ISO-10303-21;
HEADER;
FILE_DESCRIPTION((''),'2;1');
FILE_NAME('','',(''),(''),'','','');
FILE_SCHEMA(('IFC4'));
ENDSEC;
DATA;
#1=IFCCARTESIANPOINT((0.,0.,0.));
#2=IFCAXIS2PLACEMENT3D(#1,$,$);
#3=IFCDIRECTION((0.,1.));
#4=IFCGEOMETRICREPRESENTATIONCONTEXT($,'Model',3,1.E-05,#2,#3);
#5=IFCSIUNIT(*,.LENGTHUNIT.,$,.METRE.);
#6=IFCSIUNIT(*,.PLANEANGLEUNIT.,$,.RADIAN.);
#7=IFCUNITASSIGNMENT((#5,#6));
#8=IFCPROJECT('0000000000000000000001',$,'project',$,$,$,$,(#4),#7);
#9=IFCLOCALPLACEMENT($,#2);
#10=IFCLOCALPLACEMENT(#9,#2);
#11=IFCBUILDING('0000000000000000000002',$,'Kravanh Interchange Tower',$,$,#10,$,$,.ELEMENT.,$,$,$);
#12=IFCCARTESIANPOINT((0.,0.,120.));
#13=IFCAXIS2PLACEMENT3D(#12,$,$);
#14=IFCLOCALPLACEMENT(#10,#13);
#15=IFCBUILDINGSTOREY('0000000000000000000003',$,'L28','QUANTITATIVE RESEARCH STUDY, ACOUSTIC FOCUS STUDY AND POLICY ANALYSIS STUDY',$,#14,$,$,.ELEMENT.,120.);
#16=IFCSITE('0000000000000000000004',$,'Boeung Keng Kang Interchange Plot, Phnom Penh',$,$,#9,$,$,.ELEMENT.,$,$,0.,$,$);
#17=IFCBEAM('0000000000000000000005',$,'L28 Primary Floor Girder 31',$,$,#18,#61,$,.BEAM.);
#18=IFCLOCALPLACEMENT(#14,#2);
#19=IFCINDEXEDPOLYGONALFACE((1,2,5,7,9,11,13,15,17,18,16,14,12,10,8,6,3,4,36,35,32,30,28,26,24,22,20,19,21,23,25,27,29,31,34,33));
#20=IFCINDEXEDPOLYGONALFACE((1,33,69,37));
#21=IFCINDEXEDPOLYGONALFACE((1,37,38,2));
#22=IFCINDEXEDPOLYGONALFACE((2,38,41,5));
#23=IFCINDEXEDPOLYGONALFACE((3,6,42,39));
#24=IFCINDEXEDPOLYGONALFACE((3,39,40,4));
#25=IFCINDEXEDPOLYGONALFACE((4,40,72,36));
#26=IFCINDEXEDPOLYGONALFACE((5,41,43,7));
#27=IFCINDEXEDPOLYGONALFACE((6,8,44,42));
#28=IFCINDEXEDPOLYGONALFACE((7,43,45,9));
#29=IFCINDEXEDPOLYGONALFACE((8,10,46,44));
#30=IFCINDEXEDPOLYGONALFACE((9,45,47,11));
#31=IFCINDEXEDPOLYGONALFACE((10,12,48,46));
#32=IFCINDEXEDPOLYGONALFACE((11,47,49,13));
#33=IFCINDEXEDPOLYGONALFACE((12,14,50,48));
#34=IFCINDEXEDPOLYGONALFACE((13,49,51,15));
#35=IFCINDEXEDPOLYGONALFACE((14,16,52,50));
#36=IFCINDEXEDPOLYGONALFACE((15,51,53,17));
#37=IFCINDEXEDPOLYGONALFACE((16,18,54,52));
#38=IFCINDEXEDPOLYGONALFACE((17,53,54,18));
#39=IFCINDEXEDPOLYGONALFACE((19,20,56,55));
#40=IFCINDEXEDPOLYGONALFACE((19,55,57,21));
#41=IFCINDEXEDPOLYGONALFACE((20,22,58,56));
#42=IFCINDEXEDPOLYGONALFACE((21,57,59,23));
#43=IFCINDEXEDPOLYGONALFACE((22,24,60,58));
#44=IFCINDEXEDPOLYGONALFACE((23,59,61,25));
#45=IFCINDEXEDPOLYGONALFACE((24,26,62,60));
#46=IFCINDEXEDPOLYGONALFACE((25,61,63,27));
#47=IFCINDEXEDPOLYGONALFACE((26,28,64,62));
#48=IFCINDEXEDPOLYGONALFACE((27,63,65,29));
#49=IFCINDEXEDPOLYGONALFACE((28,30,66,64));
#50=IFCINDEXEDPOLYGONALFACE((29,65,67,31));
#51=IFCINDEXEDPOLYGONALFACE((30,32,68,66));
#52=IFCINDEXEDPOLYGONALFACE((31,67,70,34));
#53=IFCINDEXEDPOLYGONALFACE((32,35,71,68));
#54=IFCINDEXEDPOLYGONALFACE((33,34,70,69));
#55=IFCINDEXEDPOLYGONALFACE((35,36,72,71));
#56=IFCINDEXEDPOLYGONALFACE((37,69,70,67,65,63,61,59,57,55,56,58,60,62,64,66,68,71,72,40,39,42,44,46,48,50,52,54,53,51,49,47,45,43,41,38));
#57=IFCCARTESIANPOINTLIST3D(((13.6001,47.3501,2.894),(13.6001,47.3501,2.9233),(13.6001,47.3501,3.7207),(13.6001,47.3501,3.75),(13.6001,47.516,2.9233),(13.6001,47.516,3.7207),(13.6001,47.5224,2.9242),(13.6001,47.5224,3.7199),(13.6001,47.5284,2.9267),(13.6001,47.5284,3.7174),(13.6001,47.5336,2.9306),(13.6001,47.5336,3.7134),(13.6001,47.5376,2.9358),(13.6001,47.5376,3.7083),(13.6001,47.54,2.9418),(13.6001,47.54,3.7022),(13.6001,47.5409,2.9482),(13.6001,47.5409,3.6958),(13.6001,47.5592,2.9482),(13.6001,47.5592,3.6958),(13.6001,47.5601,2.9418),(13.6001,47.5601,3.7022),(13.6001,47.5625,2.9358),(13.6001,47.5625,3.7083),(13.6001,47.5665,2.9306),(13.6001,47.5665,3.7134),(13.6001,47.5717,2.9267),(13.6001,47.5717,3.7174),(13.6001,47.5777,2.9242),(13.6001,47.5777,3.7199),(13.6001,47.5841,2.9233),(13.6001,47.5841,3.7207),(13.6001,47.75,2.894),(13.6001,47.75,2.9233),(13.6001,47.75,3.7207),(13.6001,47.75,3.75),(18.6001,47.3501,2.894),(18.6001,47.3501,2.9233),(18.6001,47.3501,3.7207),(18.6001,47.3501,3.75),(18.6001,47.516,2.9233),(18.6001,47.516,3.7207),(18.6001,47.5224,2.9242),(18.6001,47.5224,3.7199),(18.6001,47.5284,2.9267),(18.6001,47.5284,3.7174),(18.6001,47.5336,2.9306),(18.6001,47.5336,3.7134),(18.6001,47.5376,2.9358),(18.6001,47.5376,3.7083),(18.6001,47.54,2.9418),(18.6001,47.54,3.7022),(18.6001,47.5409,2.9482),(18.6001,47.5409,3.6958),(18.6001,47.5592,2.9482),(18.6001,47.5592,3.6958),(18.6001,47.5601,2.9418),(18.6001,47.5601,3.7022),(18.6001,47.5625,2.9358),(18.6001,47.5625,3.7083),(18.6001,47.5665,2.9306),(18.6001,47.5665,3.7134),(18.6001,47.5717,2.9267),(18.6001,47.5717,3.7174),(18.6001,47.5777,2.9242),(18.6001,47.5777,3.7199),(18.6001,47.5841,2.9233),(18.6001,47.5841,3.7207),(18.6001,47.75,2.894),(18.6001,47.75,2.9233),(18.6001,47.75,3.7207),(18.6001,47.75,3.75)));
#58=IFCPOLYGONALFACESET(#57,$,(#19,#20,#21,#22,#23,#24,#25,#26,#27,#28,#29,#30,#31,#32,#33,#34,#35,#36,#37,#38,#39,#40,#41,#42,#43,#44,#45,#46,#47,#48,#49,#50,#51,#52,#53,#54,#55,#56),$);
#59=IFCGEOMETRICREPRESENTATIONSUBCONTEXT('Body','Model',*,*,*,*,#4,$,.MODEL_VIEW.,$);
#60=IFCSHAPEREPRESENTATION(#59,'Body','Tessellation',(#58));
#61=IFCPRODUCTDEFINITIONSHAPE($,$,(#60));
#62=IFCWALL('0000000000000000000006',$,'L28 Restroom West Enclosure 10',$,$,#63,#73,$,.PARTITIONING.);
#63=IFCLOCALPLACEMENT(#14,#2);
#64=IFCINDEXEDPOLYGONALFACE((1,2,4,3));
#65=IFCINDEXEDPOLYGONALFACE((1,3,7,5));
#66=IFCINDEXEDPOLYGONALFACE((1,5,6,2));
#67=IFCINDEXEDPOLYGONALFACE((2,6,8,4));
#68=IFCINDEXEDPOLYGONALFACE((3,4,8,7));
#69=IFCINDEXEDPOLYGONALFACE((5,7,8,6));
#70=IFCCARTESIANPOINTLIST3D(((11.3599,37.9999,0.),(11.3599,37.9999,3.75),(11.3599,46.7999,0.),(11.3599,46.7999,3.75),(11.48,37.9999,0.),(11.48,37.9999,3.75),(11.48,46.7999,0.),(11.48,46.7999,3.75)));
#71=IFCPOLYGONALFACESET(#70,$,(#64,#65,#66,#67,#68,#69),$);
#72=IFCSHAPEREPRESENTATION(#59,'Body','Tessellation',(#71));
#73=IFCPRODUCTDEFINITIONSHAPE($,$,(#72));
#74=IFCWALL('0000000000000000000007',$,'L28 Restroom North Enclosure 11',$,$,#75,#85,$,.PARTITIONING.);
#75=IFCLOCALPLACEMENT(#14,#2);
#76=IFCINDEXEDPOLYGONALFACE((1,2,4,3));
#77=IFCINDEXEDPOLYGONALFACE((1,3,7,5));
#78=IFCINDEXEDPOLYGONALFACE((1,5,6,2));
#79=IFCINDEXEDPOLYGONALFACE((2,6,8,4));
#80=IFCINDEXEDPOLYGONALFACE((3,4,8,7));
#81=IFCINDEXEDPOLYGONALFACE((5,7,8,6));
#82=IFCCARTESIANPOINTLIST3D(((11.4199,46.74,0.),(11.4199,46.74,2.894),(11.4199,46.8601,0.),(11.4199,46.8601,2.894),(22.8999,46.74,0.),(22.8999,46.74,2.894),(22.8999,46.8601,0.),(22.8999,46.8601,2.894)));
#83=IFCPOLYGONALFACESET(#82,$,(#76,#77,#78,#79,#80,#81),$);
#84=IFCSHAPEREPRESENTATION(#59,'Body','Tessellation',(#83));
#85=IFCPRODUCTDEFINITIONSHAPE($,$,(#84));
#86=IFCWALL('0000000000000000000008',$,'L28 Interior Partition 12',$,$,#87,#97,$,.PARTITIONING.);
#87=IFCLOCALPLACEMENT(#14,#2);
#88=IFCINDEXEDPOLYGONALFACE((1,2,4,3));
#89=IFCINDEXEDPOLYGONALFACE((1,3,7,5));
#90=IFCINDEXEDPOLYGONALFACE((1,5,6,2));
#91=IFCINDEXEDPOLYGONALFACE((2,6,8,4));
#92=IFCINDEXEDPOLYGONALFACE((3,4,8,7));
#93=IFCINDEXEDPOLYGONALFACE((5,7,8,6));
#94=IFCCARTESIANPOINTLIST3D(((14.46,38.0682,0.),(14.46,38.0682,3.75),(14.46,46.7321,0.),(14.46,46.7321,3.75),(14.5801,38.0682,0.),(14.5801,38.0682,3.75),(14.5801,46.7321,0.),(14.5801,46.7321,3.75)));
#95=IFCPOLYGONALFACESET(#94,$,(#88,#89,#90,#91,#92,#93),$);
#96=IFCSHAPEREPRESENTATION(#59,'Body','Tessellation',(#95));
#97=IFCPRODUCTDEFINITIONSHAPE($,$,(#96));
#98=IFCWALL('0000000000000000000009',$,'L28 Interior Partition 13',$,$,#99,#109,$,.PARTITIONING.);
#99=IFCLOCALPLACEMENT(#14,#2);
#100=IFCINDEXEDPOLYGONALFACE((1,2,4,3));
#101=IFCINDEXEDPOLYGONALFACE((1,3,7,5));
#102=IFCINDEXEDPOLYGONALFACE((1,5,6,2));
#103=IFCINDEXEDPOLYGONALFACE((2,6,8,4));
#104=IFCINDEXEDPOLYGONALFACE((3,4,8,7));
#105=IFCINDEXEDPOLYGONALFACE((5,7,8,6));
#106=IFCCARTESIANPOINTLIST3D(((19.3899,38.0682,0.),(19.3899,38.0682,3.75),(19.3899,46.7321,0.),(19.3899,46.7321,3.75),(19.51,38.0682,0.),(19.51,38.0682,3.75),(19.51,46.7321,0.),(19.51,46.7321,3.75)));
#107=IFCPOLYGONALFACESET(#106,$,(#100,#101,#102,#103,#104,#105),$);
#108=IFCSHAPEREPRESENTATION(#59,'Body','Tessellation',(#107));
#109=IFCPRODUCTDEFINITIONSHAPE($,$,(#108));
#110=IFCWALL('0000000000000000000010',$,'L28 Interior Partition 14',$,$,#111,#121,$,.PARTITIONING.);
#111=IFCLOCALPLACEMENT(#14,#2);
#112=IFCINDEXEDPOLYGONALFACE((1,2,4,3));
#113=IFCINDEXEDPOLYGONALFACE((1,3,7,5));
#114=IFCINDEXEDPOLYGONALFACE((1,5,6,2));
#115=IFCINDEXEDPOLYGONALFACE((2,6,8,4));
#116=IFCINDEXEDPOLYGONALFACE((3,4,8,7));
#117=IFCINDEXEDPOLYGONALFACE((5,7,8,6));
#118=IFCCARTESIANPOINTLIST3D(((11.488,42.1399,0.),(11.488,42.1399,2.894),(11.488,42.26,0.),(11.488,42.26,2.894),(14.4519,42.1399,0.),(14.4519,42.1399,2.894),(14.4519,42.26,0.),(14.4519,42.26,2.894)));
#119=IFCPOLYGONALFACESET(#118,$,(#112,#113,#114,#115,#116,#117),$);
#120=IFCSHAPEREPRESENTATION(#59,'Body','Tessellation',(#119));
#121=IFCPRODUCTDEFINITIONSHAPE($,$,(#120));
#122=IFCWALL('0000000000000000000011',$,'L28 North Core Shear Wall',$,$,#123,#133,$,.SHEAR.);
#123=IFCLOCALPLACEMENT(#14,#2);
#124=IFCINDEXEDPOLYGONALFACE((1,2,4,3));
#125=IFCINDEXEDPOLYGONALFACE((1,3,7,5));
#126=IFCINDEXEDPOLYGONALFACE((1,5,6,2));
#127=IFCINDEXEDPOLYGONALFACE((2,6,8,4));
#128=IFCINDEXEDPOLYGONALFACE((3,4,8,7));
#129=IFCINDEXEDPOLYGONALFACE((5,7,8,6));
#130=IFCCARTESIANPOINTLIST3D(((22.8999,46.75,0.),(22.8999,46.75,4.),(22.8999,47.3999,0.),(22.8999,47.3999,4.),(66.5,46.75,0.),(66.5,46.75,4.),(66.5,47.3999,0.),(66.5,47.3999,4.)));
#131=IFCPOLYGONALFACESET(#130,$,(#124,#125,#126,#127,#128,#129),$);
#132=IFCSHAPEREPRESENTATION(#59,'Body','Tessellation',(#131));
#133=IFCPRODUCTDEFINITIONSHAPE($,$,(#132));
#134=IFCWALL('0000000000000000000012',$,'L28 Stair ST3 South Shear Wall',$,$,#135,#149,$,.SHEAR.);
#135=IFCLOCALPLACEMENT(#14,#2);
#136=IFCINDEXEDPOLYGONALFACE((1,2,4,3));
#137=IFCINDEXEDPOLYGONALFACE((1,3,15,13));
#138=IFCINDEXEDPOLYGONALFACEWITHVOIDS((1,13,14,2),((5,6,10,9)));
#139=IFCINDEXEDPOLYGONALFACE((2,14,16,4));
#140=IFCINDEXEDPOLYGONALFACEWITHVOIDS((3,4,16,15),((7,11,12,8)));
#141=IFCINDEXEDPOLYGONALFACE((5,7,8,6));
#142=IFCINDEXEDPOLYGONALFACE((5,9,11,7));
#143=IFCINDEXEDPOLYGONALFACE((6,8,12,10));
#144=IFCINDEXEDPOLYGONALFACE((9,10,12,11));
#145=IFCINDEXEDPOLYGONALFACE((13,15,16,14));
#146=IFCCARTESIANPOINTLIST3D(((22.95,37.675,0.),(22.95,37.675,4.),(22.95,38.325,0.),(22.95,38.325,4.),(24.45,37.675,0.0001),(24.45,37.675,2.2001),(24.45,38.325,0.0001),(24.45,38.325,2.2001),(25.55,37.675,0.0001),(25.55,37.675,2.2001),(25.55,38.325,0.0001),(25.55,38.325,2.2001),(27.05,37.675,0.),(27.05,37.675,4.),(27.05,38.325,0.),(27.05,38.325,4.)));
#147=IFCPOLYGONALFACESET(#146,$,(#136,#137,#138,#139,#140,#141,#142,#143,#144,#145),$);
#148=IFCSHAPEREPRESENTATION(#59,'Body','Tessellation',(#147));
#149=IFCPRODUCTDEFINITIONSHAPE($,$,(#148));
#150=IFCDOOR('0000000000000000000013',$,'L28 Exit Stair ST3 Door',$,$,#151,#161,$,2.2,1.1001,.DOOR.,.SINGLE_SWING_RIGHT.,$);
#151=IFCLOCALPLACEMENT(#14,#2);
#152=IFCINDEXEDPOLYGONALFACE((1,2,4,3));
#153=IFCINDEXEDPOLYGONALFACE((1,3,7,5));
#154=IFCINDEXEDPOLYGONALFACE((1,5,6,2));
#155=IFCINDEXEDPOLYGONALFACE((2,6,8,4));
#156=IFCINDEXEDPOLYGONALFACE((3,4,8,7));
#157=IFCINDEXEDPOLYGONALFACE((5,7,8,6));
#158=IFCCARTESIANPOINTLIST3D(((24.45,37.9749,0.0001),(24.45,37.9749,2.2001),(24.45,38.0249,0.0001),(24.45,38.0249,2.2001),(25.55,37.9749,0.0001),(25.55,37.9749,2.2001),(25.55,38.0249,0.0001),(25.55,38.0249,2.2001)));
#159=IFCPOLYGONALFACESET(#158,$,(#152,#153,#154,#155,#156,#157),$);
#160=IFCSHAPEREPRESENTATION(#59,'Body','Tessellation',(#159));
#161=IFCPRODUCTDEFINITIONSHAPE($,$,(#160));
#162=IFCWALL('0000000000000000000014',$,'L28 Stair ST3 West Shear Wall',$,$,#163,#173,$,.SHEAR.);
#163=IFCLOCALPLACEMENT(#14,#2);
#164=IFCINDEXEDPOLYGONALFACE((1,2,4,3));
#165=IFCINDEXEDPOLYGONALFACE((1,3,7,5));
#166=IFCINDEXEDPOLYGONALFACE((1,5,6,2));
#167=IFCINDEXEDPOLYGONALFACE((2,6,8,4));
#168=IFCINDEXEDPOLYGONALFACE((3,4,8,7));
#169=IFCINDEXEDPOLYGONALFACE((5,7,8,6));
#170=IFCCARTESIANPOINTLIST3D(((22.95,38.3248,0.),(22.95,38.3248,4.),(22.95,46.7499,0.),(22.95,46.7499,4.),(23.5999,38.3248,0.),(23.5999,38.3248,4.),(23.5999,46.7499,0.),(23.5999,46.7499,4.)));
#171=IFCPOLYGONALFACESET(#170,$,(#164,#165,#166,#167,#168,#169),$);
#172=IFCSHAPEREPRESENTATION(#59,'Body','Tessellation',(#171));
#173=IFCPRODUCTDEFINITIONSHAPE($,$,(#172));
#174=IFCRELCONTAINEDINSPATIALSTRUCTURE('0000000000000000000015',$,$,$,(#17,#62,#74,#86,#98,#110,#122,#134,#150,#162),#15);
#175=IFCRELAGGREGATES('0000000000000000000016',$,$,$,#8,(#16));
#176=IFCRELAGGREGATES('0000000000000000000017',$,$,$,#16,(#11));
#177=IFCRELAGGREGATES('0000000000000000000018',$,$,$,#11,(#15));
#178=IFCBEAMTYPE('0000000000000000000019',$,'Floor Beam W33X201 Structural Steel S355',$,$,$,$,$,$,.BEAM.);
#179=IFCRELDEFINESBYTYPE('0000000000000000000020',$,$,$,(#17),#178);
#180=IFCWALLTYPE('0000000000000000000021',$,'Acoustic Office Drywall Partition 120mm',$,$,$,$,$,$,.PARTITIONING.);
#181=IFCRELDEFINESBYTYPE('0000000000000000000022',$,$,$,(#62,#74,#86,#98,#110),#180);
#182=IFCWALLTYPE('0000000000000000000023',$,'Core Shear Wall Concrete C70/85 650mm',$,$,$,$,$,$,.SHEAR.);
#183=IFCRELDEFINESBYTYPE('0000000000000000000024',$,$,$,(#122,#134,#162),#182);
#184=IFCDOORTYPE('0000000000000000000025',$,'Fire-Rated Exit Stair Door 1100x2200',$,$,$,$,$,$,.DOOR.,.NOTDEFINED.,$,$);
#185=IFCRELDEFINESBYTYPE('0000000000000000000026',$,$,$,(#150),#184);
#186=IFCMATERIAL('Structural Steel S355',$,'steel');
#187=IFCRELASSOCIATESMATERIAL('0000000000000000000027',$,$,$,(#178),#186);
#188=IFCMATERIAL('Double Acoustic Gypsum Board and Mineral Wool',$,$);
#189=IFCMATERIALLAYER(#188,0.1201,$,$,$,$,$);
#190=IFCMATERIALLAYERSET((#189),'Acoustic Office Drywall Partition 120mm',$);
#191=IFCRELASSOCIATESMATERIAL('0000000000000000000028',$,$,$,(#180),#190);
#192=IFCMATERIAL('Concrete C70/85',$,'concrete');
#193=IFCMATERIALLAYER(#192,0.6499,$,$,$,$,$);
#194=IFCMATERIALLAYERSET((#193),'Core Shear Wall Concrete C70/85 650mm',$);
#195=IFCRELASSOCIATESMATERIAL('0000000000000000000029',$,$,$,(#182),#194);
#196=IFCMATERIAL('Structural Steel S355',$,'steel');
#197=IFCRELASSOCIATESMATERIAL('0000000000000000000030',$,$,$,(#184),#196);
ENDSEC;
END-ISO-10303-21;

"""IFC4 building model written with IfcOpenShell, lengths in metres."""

from ifc_helpers import new_model, si_unit, direction, frame, frame_2d, origin, origin_2d, place, context, subcontext, project, spatial, rectangle, i_section, extrude, material, layer, layer_set, material_profile, profile_set, type_object, element, fill, save


model = new_model("IFC4")

# Units and contexts
model_context = context("Model", 3, precision=1e-05, world=origin(), true_north=direction((0.0, 1.0)))
body_context = subcontext(model_context, "Body", "Model", "MODEL_VIEW")
ifc_project = project(units=[si_unit("LENGTHUNIT", "METRE"), si_unit("PLANEANGLEUNIT", "RADIAN")], contexts=[model_context])

# Site, building, storey
site_placement = place(None, origin())
site = spatial("IfcSite", under=ifc_project, at=site_placement, Name="Boeung Keng Kang Interchange Plot, Phnom Penh", CompositionType="ELEMENT", RefElevation=0.0)
building_placement = place(site_placement, origin())
building = spatial("IfcBuilding", under=site, at=building_placement, Name="Kravanh Interchange Tower", CompositionType="ELEMENT")
storey_placement = place(building_placement, frame((0.0, 0.0, 120.0)))
storey = spatial("IfcBuildingStorey", under=building, at=storey_placement, Name="L28", Description="QUANTITATIVE RESEARCH STUDY, ACOUSTIC FOCUS STUDY AND POLICY ANALYSIS STUDY", CompositionType="ELEMENT", Elevation=120.0)

# Beam
ifc_material_1 = material(Name="Structural Steel S355", Category="steel")
ifc_material_profile_1 = material_profile(ifc_material_1, i_section(OverallWidth=0.3999, OverallDepth=0.856, WebThickness=0.0183, FlangeThickness=0.0293, FilletRadius=0.0249, at=origin_2d()), Name="W33X201")
ifc_profile_set_1 = profile_set([ifc_material_profile_1], Name="Structural Steel S355")
beam_type = type_object("IfcBeamType", Name="Floor Beam W33X201 Structural Steel S355", PredefinedType="BEAM", material=ifc_profile_set_1)
beam_1_placement = place(storey_placement, frame((18.6001, 47.55, 3.322), z_axis=(-1.0, 0.0, 0.0), x_axis=(0.0, -1.0, 0.0)))
element("IfcBeam", 1, at=beam_1_placement, inside=storey, type_object=beam_type, Name="L28 Primary Floor Girder 31", PredefinedType="BEAM", context=body_context, shape_type="SweptSolid", body=[
    extrude(i_section(OverallWidth=0.3999, OverallDepth=0.856, WebThickness=0.0183, FlangeThickness=0.0293, FilletRadius=0.0249, at=origin_2d()), origin(), (0.0, 0.0, 1.0), 5.0),
])

# Shared definitions
ifc_material_2 = material(Name="Double Acoustic Gypsum Board and Mineral Wool")
ifc_layer_1 = layer(ifc_material_2, 0.1201)
ifc_layer_set_1 = layer_set([ifc_layer_1], Name="Acoustic Office Drywall Partition 120mm")
wall_type_1 = type_object("IfcWallType", Name="Acoustic Office Drywall Partition 120mm", PredefinedType="PARTITIONING", material=ifc_layer_set_1)

# Walls
wall_1_placement = place(storey_placement, frame((11.4199, 38.0, 0.0), z_axis=(0.0, 0.0, 1.0), x_axis=(0.0, 1.0, 0.0)))
element("IfcWall", 2, at=wall_1_placement, inside=storey, type_object=wall_type_1, Name="L28 Restroom West Enclosure 10", PredefinedType="PARTITIONING", context=body_context, shape_type="SweptSolid", body=[
    extrude(rectangle(XDim=8.8, YDim=0.1201, at=frame_2d((4.3999, 0.0))), origin(), (0.0, 0.0, 1.0), 3.75),
])
wall_2_placement = place(storey_placement, frame((11.4199, 46.8, 0.0), z_axis=(0.0, 0.0, 1.0), x_axis=(1.0, 0.0, 0.0)))
element("IfcWall", 3, at=wall_2_placement, inside=storey, type_object=wall_type_1, Name="L28 Restroom North Enclosure 11", PredefinedType="PARTITIONING", context=body_context, shape_type="SweptSolid", body=[
    extrude(rectangle(XDim=11.48, YDim=0.1201, at=frame_2d((5.74, 0.0))), origin(), (0.0, 0.0, 1.0), 2.894),
])
for number, where, z_axis, x_axis, name in (
    (4, (14.52, 38.0681, 0.0), (0.0, 0.0, 1.0), (0.0, 1.0, 0.0), "L28 Interior Partition 12"),
    (5, (19.45, 38.0681, 0.0), (0.0, 0.0, 1.0), (0.0, 1.0, 0.0), "L28 Interior Partition 13"),
):
    element("IfcWall", number, at=place(storey_placement, frame(where, z_axis=z_axis, x_axis=x_axis)), inside=storey, type_object=wall_type_1, Name=name, PredefinedType="PARTITIONING", context=body_context, shape_type="SweptSolid", body=[
        extrude(rectangle(XDim=8.6638, YDim=0.1201, at=frame_2d((4.332, 0.0))), origin(), (0.0, 0.0, 1.0), 3.75),
    ])
wall_3_placement = place(storey_placement, frame((11.488, 42.2, 0.0), z_axis=(0.0, 0.0, 1.0), x_axis=(1.0, 0.0, 0.0)))
element("IfcWall", 6, at=wall_3_placement, inside=storey, type_object=wall_type_1, Name="L28 Interior Partition 14", PredefinedType="PARTITIONING", context=body_context, shape_type="SweptSolid", body=[
    extrude(rectangle(XDim=2.9639, YDim=0.1201, at=frame_2d((1.4819, 0.0))), origin(), (0.0, 0.0, 1.0), 2.894),
])
ifc_material_3 = material(Name="Concrete C70/85", Category="concrete")
ifc_layer_2 = layer(ifc_material_3, 0.6499)
ifc_layer_set_2 = layer_set([ifc_layer_2], Name="Core Shear Wall Concrete C70/85 650mm")
wall_type_2 = type_object("IfcWallType", Name="Core Shear Wall Concrete C70/85 650mm", PredefinedType="SHEAR", material=ifc_layer_set_2)
wall_4_placement = place(storey_placement, frame((22.8999, 47.075, 0.0), z_axis=(0.0, 0.0, 1.0), x_axis=(1.0, 0.0, 0.0)))
element("IfcWall", 7, at=wall_4_placement, inside=storey, type_object=wall_type_2, Name="L28 North Core Shear Wall", PredefinedType="SHEAR", context=body_context, shape_type="SweptSolid", body=[
    extrude(rectangle(XDim=43.6001, YDim=0.6499, at=frame_2d((21.8, 0.0))), origin(), (0.0, 0.0, 1.0), 4.0),
])

# Wall, opening, door
wall_5_placement = place(storey_placement, frame((22.95, 38.0, 0.0), z_axis=(0.0, 0.0, 1.0), x_axis=(1.0, 0.0, 0.0)))
wall_5 = element("IfcWall", 8, at=wall_5_placement, inside=storey, type_object=wall_type_2, Name="L28 Stair ST3 South Shear Wall", PredefinedType="SHEAR", context=body_context, shape_type="SweptSolid", body=[
    extrude(rectangle(XDim=4.1001, YDim=0.6499, at=frame_2d((2.05, 0.0))), origin(), (0.0, 0.0, 1.0), 4.0),
])
opening_1_placement = place(wall_5_placement, frame((1.5, 0.0, 0.0)))
opening_1 = element("IfcOpeningElement", 9, at=opening_1_placement, cuts=wall_5, PredefinedType="OPENING", context=body_context, shape_type="SweptSolid", body=[
    extrude(rectangle(XDim=1.1001, YDim=2.2, at=frame_2d((0.55, 1.1001))), frame((0.0, 0.335, 0.0), z_axis=(0.0, -1.0, 0.0), x_axis=(1.0, 0.0, 0.0)), (0.0, 0.0, 1.0), 0.6699),
])
ifc_material_4 = material(Name="Structural Steel S355", Category="steel")
door_type_1 = type_object("IfcDoorType", Name="Fire-Rated Exit Stair Door 1100x2200", OperationType="NOTDEFINED", PredefinedType="DOOR", material=ifc_material_4)
door_1_placement = place(opening_1_placement, origin())
door_1 = element("IfcDoor", 10, at=door_1_placement, inside=storey, type_object=door_type_1, Name="L28 Exit Stair ST3 Door", OperationType="SINGLE_SWING_RIGHT", OverallHeight=2.2, OverallWidth=1.1001, PredefinedType="DOOR", context=body_context, shape_type="SweptSolid", body=[
    extrude(rectangle(XDim=1.1001, YDim=2.2, at=frame_2d((0.55, 1.1001))), frame((0.0, 0.0249, 0.0), z_axis=(0.0, -1.0, 0.0), x_axis=(1.0, 0.0, 0.0)), (0.0, 0.0, 1.0), 0.05),
])
fill(opening_1, door_1)

# Wall
wall_6_placement = place(storey_placement, frame((23.2749, 38.325, 0.0), z_axis=(0.0, 0.0, 1.0), x_axis=(0.0, 1.0, 0.0)))
element("IfcWall", 11, at=wall_6_placement, inside=storey, type_object=wall_type_2, Name="L28 Stair ST3 West Shear Wall", PredefinedType="SHEAR", context=body_context, shape_type="SweptSolid", body=[
    extrude(rectangle(XDim=8.425, YDim=0.6499, at=frame_2d((4.2124, 0.0))), origin(), (0.0, 0.0, 1.0), 4.0),
])

save(model, "model.ifc")
